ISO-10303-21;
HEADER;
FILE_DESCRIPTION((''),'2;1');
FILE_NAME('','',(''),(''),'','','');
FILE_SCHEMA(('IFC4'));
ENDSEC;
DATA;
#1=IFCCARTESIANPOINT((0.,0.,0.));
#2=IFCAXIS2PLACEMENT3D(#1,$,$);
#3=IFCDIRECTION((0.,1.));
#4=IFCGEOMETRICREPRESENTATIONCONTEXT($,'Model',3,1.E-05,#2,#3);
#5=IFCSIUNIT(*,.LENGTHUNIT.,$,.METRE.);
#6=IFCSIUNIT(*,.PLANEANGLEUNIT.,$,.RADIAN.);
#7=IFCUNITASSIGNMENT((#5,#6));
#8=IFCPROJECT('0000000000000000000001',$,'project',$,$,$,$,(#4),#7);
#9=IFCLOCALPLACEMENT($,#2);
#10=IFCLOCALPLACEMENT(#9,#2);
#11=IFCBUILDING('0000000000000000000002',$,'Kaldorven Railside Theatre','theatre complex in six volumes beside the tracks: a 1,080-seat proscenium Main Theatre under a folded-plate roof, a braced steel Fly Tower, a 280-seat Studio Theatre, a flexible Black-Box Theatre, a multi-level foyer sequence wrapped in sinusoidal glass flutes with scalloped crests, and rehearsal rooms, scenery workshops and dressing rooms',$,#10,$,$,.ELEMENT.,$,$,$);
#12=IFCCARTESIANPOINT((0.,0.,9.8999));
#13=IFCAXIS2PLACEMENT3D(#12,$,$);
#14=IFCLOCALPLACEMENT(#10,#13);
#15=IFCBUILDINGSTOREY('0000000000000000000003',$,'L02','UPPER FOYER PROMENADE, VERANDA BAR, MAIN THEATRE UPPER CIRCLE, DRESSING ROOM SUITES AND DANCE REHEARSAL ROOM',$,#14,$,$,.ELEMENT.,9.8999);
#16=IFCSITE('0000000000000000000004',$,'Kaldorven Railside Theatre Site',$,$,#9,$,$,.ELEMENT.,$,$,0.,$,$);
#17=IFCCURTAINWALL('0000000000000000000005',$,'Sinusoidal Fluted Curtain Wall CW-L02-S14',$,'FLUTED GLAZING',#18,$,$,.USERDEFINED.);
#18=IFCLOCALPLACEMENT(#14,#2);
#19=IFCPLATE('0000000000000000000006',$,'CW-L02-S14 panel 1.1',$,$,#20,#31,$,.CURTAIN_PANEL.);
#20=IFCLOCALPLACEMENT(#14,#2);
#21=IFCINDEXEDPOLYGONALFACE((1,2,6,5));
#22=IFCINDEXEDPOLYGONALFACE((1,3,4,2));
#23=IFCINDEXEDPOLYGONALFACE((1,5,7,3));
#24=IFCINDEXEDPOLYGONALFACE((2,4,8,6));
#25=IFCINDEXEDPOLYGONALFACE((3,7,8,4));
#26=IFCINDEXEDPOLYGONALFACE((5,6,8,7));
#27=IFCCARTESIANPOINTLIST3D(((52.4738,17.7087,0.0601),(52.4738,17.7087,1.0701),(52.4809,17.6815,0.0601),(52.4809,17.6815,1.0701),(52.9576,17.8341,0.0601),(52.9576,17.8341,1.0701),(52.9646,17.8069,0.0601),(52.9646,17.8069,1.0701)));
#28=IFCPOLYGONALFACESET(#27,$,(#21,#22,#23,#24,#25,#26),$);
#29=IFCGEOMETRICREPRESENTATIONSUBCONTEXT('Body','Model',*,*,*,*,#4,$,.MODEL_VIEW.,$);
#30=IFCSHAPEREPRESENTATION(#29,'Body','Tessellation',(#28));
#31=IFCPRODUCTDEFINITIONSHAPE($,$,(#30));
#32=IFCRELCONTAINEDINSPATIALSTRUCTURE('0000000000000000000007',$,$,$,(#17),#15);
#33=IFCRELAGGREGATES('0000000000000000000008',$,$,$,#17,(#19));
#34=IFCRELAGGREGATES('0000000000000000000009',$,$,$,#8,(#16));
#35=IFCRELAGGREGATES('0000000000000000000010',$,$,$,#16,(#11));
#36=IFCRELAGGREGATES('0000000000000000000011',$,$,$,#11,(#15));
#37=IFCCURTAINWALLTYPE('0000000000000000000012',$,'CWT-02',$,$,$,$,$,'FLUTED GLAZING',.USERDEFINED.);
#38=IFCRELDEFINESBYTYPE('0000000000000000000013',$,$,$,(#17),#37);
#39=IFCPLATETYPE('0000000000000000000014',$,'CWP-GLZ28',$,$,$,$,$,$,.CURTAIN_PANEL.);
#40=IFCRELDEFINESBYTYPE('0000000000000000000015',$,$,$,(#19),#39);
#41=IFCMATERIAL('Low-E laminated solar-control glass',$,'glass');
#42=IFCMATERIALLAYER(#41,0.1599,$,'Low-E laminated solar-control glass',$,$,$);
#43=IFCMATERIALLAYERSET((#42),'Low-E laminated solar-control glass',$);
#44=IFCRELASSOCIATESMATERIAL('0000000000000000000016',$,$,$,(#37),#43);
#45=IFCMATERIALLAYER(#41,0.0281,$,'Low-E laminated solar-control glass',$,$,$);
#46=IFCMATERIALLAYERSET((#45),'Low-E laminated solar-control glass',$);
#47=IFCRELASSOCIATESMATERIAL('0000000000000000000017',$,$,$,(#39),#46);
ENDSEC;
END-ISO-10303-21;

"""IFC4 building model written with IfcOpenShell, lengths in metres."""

from ifc_helpers import new_model, si_unit, direction, frame, origin, origin_2d, place, context, subcontext, project, spatial, rectangle, extrude, material, layer, layer_set, type_object, element, aggregate, save


model = new_model("IFC4")

# Units and contexts
model_context = context("Model", 3, precision=1e-05, world=origin(), true_north=direction((0.0, 1.0)))
body_context = subcontext(model_context, "Body", "Model", "MODEL_VIEW")
ifc_project = project(units=[si_unit("LENGTHUNIT", "METRE"), si_unit("PLANEANGLEUNIT", "RADIAN")], contexts=[model_context])

# Site, building, storey
site_placement = place(None, origin())
site = spatial("IfcSite", under=ifc_project, at=site_placement, Name="Kaldorven Railside Theatre Site", CompositionType="ELEMENT", RefElevation=0.0)
building_placement = place(site_placement, origin())
building = spatial("IfcBuilding", under=site, at=building_placement, Name="Kaldorven Railside Theatre", Description="theatre complex in six volumes beside the tracks: a 1,080-seat proscenium Main Theatre under a folded-plate roof, a braced steel Fly Tower, a 280-seat Studio Theatre, a flexible Black-Box Theatre, a multi-level foyer sequence wrapped in sinusoidal glass flutes with scalloped crests, and rehearsal rooms, scenery workshops and dressing rooms", CompositionType="ELEMENT")
storey_placement = place(building_placement, frame((0.0, 0.0, 9.8999)))
storey = spatial("IfcBuildingStorey", under=building, at=storey_placement, Name="L02", Description="UPPER FOYER PROMENADE, VERANDA BAR, MAIN THEATRE UPPER CIRCLE, DRESSING ROOM SUITES AND DANCE REHEARSAL ROOM", CompositionType="ELEMENT", Elevation=9.8999)

# Shared definitions
ifc_material_1 = material(Name="Low-E laminated solar-control glass", Category="glass")

# Curtain wall
ifc_layer_1 = layer(ifc_material_1, 0.1599, Name="Low-E laminated solar-control glass")
ifc_layer_set_1 = layer_set([ifc_layer_1], Name="Low-E laminated solar-control glass")
curtain_wall_type_1 = type_object("IfcCurtainWallType", Name="CWT-02", ElementType="FLUTED GLAZING", PredefinedType="USERDEFINED", material=ifc_layer_set_1)
curtain_wall_1_placement = place(storey_placement, origin())
curtain_wall_1 = element("IfcCurtainWall", 1, at=curtain_wall_1_placement, inside=storey, type_object=curtain_wall_type_1, Name="Sinusoidal Fluted Curtain Wall CW-L02-S14", ObjectType="FLUTED GLAZING", PredefinedType="USERDEFINED")

# Plate
ifc_layer_2 = layer(ifc_material_1, 0.0281, Name="Low-E laminated solar-control glass")
ifc_layer_set_2 = layer_set([ifc_layer_2], Name="Low-E laminated solar-control glass")
plate_type = type_object("IfcPlateType", Name="CWP-GLZ28", PredefinedType="CURTAIN_PANEL", material=ifc_layer_set_2)
plate_1_placement = place(storey_placement, frame((52.7192, 17.7578, 0.0601), z_axis=(0.0, 0.0, 1.0), x_axis=(0.967999, 0.250954, 0.0)))
plate_1 = element("IfcPlate", 2, at=plate_1_placement, type_object=plate_type, Name="CW-L02-S14 panel 1.1", PredefinedType="CURTAIN_PANEL", context=body_context, shape_type="SweptSolid", body=[
    extrude(rectangle(XDim=0.4998, YDim=0.0281, at=origin_2d()), origin(), (0.0, 0.0, 1.0), 1.01),
])
aggregate(curtain_wall_1, [plate_1])

save(model, "model.ifc")
